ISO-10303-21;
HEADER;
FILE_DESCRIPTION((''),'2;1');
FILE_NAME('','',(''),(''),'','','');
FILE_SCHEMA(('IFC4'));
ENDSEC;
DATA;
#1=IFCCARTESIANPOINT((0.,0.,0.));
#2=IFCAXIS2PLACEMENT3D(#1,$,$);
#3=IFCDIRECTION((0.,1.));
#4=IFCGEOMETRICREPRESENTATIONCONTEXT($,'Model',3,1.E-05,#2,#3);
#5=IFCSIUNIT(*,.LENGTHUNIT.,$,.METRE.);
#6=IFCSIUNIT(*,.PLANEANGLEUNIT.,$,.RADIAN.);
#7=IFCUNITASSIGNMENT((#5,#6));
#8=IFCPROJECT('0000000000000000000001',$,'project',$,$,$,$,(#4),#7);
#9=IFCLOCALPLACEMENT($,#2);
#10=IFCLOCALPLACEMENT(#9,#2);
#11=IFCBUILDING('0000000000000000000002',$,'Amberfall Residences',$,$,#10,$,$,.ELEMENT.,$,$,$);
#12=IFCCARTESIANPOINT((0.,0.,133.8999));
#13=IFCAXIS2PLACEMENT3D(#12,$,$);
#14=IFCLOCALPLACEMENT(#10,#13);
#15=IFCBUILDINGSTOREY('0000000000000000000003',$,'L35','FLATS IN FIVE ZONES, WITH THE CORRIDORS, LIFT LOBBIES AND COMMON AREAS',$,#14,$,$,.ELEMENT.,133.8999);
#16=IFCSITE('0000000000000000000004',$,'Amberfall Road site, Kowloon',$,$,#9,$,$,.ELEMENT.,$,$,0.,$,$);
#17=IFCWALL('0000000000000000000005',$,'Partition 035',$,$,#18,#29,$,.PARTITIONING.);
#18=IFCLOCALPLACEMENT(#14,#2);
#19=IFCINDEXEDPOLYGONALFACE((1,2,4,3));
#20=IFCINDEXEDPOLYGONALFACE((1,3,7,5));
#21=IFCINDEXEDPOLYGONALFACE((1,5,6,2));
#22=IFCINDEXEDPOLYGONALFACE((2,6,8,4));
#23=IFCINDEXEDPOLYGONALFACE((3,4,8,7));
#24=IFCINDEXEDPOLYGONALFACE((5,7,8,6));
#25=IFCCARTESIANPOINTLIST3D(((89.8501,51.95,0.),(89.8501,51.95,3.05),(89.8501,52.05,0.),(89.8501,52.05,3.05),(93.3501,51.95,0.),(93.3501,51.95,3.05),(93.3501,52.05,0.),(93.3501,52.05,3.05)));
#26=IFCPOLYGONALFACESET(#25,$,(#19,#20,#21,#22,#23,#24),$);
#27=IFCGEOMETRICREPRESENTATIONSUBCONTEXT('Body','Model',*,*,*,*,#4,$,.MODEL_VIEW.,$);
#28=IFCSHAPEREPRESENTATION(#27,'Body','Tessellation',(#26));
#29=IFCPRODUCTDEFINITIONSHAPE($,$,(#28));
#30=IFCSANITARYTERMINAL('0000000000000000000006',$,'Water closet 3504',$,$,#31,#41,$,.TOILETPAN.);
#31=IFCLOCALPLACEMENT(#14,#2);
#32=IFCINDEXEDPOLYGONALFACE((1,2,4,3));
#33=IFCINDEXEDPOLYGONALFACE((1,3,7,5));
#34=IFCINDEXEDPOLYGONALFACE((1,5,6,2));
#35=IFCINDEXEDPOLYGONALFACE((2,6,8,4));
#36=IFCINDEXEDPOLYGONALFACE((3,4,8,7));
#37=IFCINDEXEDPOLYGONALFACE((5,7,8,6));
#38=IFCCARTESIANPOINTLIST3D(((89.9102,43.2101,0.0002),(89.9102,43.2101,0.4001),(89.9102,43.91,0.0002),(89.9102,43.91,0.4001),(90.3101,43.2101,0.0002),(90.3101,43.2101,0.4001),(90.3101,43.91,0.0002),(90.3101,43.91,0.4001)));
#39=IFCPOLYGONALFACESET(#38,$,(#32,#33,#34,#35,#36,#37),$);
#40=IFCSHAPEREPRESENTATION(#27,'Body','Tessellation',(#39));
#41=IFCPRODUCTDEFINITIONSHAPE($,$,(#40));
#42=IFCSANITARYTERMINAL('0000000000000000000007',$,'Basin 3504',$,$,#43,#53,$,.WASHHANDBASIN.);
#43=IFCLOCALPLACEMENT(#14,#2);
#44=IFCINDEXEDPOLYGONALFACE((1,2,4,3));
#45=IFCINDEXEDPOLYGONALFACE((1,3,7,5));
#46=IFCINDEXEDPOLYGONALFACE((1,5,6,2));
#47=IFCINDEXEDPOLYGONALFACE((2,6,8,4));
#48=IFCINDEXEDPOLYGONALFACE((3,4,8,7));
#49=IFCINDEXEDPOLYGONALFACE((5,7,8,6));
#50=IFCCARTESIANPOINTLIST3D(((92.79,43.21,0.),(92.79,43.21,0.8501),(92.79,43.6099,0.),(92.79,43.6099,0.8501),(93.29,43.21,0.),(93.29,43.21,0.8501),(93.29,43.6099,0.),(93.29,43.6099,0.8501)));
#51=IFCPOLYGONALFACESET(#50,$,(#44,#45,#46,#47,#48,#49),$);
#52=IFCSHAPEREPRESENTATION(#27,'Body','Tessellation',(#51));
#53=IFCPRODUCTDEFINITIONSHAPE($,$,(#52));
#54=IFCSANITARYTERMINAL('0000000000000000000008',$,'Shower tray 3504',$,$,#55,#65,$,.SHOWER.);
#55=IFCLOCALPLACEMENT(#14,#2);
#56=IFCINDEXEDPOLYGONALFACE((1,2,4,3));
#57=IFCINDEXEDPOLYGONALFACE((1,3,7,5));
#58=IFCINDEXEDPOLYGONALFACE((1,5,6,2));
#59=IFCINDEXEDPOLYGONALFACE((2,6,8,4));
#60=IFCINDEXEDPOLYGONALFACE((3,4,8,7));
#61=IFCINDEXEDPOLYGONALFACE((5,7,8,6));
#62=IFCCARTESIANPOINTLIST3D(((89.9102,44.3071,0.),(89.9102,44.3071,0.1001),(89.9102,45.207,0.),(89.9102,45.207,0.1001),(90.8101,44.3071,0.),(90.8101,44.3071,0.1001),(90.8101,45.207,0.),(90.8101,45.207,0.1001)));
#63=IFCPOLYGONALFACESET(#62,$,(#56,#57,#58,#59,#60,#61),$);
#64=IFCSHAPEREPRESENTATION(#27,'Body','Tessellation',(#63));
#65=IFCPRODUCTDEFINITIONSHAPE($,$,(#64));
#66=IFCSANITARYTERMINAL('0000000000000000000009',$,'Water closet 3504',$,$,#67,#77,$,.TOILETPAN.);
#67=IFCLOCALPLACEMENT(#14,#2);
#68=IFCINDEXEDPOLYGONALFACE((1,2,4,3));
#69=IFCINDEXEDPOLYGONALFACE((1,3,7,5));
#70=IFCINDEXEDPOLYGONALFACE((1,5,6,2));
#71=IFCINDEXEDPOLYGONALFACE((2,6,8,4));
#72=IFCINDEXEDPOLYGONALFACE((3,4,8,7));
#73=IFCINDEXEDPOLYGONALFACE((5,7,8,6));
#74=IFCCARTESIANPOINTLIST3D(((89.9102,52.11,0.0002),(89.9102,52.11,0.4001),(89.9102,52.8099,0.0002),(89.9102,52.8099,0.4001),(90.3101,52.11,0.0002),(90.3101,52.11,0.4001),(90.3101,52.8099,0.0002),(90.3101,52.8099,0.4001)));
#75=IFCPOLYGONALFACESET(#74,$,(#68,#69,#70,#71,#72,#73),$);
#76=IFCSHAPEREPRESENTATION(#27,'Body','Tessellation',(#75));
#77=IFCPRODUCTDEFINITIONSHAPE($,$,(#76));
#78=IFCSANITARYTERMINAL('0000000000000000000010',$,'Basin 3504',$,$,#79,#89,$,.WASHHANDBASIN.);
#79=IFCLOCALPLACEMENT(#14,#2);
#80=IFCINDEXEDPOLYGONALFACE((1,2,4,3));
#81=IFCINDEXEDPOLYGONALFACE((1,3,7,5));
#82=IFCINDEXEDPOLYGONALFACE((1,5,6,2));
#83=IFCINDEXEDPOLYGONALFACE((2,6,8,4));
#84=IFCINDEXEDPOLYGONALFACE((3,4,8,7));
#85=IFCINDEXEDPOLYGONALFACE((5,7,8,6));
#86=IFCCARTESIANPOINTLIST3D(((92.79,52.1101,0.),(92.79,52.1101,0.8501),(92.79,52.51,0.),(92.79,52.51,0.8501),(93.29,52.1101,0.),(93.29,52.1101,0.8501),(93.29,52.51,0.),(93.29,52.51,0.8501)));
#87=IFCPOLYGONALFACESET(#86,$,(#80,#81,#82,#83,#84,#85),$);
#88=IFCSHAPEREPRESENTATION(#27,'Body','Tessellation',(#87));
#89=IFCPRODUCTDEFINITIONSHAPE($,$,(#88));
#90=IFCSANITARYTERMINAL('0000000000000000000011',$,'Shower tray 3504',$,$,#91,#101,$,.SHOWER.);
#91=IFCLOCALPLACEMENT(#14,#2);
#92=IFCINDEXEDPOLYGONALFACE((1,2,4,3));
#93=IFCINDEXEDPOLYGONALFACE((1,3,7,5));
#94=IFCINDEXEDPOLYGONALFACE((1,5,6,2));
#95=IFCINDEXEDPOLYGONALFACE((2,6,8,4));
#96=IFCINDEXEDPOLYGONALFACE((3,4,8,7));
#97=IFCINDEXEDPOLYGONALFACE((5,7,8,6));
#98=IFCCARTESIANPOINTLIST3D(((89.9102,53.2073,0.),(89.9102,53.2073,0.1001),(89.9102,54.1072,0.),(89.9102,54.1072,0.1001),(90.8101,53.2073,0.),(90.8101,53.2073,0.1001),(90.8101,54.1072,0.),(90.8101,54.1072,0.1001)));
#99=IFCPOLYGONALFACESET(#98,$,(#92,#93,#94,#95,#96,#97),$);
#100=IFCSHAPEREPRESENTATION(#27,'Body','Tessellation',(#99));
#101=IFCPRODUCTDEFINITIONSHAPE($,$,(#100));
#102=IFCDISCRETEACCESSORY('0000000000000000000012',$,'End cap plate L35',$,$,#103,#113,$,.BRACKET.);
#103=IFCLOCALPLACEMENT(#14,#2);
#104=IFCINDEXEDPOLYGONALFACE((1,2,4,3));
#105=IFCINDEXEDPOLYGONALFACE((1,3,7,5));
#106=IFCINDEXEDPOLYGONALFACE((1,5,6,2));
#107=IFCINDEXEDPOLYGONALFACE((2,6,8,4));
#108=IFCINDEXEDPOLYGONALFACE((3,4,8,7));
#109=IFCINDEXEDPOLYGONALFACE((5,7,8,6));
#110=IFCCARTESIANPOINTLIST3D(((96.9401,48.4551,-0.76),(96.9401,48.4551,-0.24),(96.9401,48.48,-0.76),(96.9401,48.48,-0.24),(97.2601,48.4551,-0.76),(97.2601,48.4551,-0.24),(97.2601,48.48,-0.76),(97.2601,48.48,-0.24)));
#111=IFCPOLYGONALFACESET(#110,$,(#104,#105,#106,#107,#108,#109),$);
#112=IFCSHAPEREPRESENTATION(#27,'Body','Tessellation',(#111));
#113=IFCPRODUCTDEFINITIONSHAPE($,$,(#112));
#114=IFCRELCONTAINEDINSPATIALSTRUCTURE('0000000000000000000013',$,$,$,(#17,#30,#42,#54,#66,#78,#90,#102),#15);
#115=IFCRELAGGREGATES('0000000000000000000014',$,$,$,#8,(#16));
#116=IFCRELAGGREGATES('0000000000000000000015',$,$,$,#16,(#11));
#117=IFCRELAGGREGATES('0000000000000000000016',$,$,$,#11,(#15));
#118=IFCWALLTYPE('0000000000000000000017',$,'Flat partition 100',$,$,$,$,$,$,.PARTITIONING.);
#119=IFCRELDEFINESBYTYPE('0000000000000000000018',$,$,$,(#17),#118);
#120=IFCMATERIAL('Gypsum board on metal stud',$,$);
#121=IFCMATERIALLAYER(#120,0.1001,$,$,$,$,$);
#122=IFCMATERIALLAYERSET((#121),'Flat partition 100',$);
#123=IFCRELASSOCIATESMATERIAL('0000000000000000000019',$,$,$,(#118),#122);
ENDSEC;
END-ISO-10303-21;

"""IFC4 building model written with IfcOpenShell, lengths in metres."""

from ifc_helpers import new_model, si_unit, direction, frame, frame_2d, origin, origin_2d, place, context, subcontext, project, spatial, rectangle, extrude, material, layer, layer_set, type_object, element, save


model = new_model("IFC4")

# Units and contexts
model_context = context("Model", 3, precision=1e-05, world=origin(), true_north=direction((0.0, 1.0)))
body_context = subcontext(model_context, "Body", "Model", "MODEL_VIEW")
ifc_project = project(units=[si_unit("LENGTHUNIT", "METRE"), si_unit("PLANEANGLEUNIT", "RADIAN")], contexts=[model_context])

# Site, building, storey
site_placement = place(None, origin())
site = spatial("IfcSite", under=ifc_project, at=site_placement, Name="Amberfall Road site, Kowloon", CompositionType="ELEMENT", RefElevation=0.0)
building_placement = place(site_placement, origin())
building = spatial("IfcBuilding", under=site, at=building_placement, Name="Amberfall Residences", CompositionType="ELEMENT")
storey_placement = place(building_placement, frame((0.0, 0.0, 133.8999)))
storey = spatial("IfcBuildingStorey", under=building, at=storey_placement, Name="L35", Description="FLATS IN FIVE ZONES, WITH THE CORRIDORS, LIFT LOBBIES AND COMMON AREAS", CompositionType="ELEMENT", Elevation=133.8999)

# Wall
ifc_material_1 = material(Name="Gypsum board on metal stud")
ifc_layer_1 = layer(ifc_material_1, 0.1001)
ifc_layer_set_1 = layer_set([ifc_layer_1], Name="Flat partition 100")
wall_type_1 = type_object("IfcWallType", Name="Flat partition 100", PredefinedType="PARTITIONING", material=ifc_layer_set_1)
wall_1_placement = place(storey_placement, frame((89.8501, 52.0, 0.0), z_axis=(0.0, 0.0, 1.0), x_axis=(1.0, 0.0, 0.0)))
element("IfcWall", 1, at=wall_1_placement, inside=storey, type_object=wall_type_1, Name="Partition 035", PredefinedType="PARTITIONING", context=body_context, shape_type="SweptSolid", body=[
    extrude(rectangle(XDim=3.5, YDim=0.1001, at=frame_2d((1.75, 0.0))), origin(), (0.0, 0.0, 1.0), 3.05),
])

# Sanitary terminals
sanitary_terminal_1_placement = place(storey_placement, frame((90.1101, 43.5601, 0.0002), z_axis=(0.0, 0.0, 1.0), x_axis=(1.0, 0.0, 0.0)))
element("IfcSanitaryTerminal", 2, at=sanitary_terminal_1_placement, inside=storey, Name="Water closet 3504", PredefinedType="TOILETPAN", context=body_context, shape_type="SweptSolid", body=[
    extrude(rectangle(XDim=0.3999, YDim=0.7, at=origin_2d()), origin(), (0.0, 0.0, 1.0), 0.3999),
])
sanitary_terminal_2_placement = place(storey_placement, frame((93.04, 43.4099, 0.0), z_axis=(0.0, 0.0, 1.0), x_axis=(1.0, 0.0, 0.0)))
element("IfcSanitaryTerminal", 3, at=sanitary_terminal_2_placement, inside=storey, Name="Basin 3504", PredefinedType="WASHHANDBASIN", context=body_context, shape_type="SweptSolid", body=[
    extrude(rectangle(XDim=0.5, YDim=0.3999, at=origin_2d()), origin(), (0.0, 0.0, 1.0), 0.8501),
])
sanitary_terminal_3_placement = place(storey_placement, frame((90.3601, 44.7571, 0.0), z_axis=(0.0, 0.0, 1.0), x_axis=(1.0, 0.0, 0.0)))
element("IfcSanitaryTerminal", 4, at=sanitary_terminal_3_placement, inside=storey, Name="Shower tray 3504", PredefinedType="SHOWER", context=body_context, shape_type="SweptSolid", body=[
    extrude(rectangle(XDim=0.8999, YDim=0.8999, at=origin_2d()), origin(), (0.0, 0.0, 1.0), 0.1001),
])
sanitary_terminal_4_placement = place(storey_placement, frame((90.1101, 52.46, 0.0002), z_axis=(0.0, 0.0, 1.0), x_axis=(1.0, 0.0, 0.0)))
element("IfcSanitaryTerminal", 5, at=sanitary_terminal_4_placement, inside=storey, Name="Water closet 3504", PredefinedType="TOILETPAN", context=body_context, shape_type="SweptSolid", body=[
    extrude(rectangle(XDim=0.3999, YDim=0.7, at=origin_2d()), origin(), (0.0, 0.0, 1.0), 0.3999),
])
sanitary_terminal_5_placement = place(storey_placement, frame((93.04, 52.3101, 0.0), z_axis=(0.0, 0.0, 1.0), x_axis=(1.0, 0.0, 0.0)))
element("IfcSanitaryTerminal", 6, at=sanitary_terminal_5_placement, inside=storey, Name="Basin 3504", PredefinedType="WASHHANDBASIN", context=body_context, shape_type="SweptSolid", body=[
    extrude(rectangle(XDim=0.5, YDim=0.3999, at=origin_2d()), origin(), (0.0, 0.0, 1.0), 0.8501),
])
sanitary_terminal_6_placement = place(storey_placement, frame((90.3601, 53.6572, 0.0), z_axis=(0.0, 0.0, 1.0), x_axis=(1.0, 0.0, 0.0)))
element("IfcSanitaryTerminal", 7, at=sanitary_terminal_6_placement, inside=storey, Name="Shower tray 3504", PredefinedType="SHOWER", context=body_context, shape_type="SweptSolid", body=[
    extrude(rectangle(XDim=0.8999, YDim=0.8999, at=origin_2d()), origin(), (0.0, 0.0, 1.0), 0.1001),
])

# Discrete accessory
discrete_accessory_placement = place(storey_placement, frame((97.1001, 48.4675, -0.76), z_axis=(0.0, 0.0, 1.0), x_axis=(0.0, -1.0, 0.0)))
element("IfcDiscreteAccessory", 8, at=discrete_accessory_placement, inside=storey, Name="End cap plate L35", PredefinedType="BRACKET", context=body_context, shape_type="SweptSolid", body=[
    extrude(rectangle(XDim=0.0249, YDim=0.3201, at=origin_2d()), origin(), (0.0, 0.0, 1.0), 0.52),
])

save(model, "model.ifc")
